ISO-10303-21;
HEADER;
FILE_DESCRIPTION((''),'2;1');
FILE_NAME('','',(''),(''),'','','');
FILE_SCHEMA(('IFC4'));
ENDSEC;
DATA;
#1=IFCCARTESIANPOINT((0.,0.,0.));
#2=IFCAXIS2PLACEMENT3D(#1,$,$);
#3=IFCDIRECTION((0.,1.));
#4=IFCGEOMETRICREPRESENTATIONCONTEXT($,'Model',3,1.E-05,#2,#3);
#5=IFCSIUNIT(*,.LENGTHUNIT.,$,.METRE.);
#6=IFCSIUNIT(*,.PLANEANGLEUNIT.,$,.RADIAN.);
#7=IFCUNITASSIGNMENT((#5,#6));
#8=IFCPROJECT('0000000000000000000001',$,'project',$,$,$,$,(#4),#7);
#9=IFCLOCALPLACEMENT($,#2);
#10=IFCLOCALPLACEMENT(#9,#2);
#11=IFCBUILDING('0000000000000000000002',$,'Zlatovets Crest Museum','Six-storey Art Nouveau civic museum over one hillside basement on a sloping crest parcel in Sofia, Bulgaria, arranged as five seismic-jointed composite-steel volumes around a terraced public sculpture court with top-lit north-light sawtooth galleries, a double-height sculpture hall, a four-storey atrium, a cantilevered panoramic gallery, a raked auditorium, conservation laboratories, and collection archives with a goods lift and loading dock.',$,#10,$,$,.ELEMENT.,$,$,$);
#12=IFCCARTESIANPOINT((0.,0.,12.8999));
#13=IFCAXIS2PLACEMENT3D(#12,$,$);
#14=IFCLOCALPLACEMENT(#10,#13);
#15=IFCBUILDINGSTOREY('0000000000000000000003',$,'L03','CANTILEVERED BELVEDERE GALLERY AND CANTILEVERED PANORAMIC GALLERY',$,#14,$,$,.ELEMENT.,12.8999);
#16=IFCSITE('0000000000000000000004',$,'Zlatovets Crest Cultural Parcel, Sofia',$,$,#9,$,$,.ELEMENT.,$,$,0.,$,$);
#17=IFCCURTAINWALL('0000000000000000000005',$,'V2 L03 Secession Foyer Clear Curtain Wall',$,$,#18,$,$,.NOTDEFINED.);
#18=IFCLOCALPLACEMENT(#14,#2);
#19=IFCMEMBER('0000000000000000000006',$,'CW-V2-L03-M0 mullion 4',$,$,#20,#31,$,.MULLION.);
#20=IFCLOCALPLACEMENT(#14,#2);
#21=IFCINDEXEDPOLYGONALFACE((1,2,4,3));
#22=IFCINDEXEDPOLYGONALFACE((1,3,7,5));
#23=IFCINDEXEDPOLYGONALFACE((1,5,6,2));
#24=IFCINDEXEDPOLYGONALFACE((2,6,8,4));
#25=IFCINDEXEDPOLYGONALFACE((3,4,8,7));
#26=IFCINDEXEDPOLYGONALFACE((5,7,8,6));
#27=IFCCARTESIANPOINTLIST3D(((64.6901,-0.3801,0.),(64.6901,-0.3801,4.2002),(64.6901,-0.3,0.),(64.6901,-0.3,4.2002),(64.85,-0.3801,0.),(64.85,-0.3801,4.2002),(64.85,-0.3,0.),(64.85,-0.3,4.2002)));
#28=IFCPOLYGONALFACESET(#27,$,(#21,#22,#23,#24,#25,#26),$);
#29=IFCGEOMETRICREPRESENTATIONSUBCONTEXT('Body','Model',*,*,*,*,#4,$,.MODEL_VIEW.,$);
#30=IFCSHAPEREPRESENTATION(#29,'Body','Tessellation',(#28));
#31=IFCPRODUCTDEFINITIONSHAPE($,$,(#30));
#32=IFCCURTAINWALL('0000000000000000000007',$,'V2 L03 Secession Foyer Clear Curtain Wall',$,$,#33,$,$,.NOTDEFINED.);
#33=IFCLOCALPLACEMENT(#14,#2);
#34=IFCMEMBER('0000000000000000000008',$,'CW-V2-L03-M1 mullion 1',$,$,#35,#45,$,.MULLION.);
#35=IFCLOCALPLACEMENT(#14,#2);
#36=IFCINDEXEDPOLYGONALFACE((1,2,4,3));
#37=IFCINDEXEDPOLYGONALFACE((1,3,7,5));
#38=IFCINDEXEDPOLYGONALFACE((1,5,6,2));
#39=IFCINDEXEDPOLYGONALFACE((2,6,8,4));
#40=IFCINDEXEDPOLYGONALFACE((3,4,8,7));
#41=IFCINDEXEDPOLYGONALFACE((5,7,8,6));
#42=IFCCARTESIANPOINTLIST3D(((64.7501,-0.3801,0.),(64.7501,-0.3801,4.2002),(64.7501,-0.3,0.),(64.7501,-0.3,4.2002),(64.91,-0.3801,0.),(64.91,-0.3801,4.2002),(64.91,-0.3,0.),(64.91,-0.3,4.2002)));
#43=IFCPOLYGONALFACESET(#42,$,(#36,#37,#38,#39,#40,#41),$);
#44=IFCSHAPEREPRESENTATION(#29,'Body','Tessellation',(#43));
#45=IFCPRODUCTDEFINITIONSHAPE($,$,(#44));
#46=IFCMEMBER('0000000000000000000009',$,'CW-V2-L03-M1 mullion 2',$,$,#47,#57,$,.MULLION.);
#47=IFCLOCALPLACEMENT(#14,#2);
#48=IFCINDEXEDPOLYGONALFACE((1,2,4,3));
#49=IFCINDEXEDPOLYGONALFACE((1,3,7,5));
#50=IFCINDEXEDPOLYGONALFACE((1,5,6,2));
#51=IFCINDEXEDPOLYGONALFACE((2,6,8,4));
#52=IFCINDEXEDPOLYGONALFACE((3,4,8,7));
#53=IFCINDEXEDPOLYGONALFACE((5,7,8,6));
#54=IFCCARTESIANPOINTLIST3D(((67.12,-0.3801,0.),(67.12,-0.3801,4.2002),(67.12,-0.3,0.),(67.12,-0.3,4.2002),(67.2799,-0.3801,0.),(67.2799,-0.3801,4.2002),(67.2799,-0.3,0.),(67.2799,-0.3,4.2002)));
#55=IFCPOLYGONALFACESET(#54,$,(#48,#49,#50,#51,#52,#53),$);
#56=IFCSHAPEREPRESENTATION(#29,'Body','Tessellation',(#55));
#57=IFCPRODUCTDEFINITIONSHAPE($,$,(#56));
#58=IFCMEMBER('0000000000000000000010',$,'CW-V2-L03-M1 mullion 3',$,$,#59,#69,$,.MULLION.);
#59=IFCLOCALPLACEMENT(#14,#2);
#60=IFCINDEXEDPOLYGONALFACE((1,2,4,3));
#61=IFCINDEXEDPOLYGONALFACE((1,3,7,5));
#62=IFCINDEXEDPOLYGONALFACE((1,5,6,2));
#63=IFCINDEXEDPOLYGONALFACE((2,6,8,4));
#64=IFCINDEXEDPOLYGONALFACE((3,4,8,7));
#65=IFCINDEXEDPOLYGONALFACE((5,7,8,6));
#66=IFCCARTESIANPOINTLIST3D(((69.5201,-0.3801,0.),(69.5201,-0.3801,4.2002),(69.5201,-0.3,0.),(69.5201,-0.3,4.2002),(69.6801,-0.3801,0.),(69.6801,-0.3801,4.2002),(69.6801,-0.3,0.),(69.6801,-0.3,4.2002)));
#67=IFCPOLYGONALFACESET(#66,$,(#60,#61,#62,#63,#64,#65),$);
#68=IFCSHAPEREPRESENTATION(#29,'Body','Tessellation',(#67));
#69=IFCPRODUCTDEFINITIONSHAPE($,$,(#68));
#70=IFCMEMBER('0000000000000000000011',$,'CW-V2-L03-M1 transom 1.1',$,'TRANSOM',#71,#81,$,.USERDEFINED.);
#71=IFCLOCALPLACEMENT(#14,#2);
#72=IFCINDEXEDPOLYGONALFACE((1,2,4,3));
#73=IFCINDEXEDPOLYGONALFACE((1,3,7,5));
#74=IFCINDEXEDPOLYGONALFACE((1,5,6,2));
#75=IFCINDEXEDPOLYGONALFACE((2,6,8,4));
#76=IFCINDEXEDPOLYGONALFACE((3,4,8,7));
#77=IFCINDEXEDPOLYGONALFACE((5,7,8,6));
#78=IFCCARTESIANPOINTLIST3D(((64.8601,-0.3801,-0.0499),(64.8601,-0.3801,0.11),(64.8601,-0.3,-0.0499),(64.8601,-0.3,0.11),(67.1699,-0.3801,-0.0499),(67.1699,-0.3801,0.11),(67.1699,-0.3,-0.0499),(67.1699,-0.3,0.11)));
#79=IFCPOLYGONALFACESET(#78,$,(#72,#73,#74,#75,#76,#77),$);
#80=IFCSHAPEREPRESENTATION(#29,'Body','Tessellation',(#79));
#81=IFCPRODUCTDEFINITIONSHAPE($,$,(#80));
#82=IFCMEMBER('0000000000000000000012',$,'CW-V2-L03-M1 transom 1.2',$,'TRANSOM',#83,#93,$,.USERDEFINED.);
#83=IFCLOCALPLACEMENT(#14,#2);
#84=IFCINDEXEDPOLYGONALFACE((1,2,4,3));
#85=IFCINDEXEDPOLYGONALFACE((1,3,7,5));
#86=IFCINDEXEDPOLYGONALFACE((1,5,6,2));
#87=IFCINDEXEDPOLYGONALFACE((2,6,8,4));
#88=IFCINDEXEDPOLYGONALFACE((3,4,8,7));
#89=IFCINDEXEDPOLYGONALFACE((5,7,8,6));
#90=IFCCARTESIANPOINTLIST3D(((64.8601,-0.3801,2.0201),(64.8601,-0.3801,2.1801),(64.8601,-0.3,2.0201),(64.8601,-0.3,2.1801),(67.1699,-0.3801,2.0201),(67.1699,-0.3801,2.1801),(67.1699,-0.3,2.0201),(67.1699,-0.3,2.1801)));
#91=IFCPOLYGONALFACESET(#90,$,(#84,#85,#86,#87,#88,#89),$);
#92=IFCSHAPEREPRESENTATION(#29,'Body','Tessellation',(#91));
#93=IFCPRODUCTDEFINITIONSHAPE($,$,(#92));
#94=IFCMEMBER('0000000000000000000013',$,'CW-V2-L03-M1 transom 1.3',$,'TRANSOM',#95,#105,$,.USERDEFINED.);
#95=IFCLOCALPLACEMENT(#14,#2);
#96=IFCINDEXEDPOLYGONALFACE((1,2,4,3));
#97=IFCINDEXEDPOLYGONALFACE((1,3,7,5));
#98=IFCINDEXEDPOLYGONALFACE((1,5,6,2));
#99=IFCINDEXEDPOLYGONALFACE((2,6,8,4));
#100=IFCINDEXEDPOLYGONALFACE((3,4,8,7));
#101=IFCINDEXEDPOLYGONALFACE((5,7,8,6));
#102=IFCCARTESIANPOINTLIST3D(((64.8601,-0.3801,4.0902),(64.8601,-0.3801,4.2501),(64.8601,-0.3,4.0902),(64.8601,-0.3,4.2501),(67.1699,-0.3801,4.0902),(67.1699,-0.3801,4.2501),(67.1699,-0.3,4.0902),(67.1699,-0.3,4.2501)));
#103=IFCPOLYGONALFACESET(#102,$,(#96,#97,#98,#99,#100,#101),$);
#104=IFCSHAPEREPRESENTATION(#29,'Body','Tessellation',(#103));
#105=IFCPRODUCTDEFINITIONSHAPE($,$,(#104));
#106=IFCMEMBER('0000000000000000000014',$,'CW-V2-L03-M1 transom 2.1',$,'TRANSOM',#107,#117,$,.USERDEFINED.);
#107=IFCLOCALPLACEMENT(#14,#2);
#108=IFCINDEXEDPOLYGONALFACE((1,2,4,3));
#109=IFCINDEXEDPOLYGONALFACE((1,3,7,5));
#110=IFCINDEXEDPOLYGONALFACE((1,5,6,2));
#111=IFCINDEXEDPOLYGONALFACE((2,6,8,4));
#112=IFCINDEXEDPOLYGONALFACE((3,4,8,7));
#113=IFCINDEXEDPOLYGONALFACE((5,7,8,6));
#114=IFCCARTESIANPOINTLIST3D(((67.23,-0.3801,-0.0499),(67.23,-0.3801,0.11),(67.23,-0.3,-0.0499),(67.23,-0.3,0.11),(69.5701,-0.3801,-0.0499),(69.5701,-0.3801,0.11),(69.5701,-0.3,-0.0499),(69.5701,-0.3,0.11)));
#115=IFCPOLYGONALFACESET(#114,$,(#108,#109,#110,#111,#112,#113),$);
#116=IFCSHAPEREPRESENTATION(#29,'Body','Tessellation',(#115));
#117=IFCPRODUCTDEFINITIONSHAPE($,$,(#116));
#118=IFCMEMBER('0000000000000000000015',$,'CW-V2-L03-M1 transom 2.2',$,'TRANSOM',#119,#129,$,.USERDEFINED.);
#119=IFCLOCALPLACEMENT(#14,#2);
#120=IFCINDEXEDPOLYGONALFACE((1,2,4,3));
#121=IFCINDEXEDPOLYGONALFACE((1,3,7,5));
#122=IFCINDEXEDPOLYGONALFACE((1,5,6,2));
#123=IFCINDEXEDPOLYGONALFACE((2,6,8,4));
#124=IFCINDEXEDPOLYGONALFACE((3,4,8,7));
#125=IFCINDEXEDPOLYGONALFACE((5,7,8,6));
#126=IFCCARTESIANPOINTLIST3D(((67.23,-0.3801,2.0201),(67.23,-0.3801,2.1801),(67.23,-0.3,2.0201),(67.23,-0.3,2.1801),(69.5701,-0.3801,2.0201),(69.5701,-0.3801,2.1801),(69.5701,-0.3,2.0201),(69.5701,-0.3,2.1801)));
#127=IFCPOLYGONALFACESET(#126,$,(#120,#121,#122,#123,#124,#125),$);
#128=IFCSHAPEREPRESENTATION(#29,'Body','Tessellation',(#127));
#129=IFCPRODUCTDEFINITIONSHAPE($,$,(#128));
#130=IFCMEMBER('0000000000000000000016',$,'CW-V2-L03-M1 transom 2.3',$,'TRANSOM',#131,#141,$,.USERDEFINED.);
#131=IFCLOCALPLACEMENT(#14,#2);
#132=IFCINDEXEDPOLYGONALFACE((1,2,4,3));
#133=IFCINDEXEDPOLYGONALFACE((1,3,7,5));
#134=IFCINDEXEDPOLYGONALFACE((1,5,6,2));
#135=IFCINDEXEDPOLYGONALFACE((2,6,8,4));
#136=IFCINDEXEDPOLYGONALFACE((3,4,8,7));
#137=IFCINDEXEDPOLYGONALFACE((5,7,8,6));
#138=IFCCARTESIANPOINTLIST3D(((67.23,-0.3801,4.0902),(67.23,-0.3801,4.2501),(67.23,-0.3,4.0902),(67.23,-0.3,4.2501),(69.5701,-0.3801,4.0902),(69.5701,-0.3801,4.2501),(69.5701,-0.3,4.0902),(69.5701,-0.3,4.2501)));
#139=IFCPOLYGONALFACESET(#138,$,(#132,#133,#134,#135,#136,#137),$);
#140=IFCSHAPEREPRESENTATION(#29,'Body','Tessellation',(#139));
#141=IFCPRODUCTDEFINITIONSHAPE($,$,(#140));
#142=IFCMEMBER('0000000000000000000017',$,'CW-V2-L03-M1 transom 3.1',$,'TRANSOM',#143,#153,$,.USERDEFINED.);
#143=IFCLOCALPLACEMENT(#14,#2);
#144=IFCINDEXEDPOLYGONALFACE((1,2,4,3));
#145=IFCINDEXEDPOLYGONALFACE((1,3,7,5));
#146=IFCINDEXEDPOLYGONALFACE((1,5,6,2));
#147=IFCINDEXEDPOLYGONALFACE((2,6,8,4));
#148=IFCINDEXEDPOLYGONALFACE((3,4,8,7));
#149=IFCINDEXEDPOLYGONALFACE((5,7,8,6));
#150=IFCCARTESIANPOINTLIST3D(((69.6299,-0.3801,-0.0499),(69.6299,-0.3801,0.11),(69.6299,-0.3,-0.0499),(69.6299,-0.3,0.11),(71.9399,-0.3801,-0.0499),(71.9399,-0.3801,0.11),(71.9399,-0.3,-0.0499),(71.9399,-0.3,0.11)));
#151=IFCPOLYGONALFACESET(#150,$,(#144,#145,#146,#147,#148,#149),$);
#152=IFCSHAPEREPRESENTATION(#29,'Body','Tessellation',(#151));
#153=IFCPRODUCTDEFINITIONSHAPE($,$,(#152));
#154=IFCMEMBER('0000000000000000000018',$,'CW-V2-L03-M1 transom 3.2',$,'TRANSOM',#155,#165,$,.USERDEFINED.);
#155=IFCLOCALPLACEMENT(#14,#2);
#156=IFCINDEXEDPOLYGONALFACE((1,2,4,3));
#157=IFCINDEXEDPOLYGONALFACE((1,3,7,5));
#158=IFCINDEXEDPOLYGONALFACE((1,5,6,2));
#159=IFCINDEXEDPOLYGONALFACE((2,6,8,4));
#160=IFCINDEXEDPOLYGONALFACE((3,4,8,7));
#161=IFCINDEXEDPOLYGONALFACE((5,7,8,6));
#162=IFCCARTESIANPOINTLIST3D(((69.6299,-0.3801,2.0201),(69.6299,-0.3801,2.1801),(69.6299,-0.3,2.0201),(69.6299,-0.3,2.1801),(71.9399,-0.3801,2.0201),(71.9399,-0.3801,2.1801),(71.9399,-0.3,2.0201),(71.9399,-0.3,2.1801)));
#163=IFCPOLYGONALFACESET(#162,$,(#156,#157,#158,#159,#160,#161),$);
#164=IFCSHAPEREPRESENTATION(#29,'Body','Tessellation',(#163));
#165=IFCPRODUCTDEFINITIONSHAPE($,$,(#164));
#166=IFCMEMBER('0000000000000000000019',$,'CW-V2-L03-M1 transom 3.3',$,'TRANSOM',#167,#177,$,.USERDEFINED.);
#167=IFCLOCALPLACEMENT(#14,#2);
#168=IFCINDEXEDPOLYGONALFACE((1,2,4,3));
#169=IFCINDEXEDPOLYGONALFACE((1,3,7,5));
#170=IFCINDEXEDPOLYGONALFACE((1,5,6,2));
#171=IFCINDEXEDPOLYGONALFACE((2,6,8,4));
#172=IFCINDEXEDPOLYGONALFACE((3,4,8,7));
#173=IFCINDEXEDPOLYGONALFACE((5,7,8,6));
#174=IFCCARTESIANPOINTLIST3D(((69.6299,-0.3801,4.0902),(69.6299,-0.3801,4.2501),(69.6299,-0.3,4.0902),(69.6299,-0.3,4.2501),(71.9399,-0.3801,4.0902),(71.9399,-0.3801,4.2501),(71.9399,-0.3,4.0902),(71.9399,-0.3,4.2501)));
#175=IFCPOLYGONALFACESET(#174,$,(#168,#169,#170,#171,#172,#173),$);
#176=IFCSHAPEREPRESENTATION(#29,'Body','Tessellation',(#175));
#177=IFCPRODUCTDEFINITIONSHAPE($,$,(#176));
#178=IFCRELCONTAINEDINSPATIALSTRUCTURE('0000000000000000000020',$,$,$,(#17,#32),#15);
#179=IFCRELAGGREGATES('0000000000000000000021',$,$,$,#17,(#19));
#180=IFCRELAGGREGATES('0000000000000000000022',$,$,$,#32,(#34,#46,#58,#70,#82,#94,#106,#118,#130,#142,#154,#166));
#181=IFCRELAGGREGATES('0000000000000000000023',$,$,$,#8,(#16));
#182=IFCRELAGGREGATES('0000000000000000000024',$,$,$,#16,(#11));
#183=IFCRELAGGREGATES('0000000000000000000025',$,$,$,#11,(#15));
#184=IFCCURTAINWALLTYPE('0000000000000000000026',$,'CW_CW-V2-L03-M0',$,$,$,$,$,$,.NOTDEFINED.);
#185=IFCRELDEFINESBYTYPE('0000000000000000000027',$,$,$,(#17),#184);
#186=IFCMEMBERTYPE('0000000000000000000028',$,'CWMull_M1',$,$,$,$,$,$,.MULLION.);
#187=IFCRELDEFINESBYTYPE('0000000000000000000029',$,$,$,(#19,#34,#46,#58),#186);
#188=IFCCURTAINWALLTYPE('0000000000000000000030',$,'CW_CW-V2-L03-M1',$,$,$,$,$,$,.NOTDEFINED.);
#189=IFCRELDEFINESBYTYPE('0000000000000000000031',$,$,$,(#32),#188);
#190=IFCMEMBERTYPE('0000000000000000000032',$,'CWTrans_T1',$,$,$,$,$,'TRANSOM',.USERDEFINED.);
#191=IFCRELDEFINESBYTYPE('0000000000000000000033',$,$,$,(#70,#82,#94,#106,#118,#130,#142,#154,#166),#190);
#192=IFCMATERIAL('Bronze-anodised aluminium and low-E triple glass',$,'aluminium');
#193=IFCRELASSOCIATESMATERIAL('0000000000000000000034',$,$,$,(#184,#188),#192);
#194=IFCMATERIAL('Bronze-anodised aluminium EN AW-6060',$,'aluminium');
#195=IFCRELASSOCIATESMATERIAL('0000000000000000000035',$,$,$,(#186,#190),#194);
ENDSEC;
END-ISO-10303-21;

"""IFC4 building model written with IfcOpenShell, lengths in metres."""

from ifc_helpers import new_model, si_unit, direction, frame, origin, origin_2d, place, context, subcontext, project, spatial, rectangle, extrude, material, material_profile, profile_set, type_object, element, aggregate, save


model = new_model("IFC4")

# Units and contexts
model_context = context("Model", 3, precision=1e-05, world=origin(), true_north=direction((0.0, 1.0)))
body_context = subcontext(model_context, "Body", "Model", "MODEL_VIEW")
ifc_project = project(units=[si_unit("LENGTHUNIT", "METRE"), si_unit("PLANEANGLEUNIT", "RADIAN")], contexts=[model_context])

# Site, building, storey
site_placement = place(None, origin())
site = spatial("IfcSite", under=ifc_project, at=site_placement, Name="Zlatovets Crest Cultural Parcel, Sofia", CompositionType="ELEMENT", RefElevation=0.0)
building_placement = place(site_placement, origin())
building = spatial("IfcBuilding", under=site, at=building_placement, Name="Zlatovets Crest Museum", Description="Six-storey Art Nouveau civic museum over one hillside basement on a sloping crest parcel in Sofia, Bulgaria, arranged as five seismic-jointed composite-steel volumes around a terraced public sculpture court with top-lit north-light sawtooth galleries, a double-height sculpture hall, a four-storey atrium, a cantilevered panoramic gallery, a raked auditorium, conservation laboratories, and collection archives with a goods lift and loading dock.", CompositionType="ELEMENT")
storey_placement = place(building_placement, frame((0.0, 0.0, 12.8999)))
storey = spatial("IfcBuildingStorey", under=building, at=storey_placement, Name="L03", Description="CANTILEVERED BELVEDERE GALLERY AND CANTILEVERED PANORAMIC GALLERY", CompositionType="ELEMENT", Elevation=12.8999)

# Curtain wall, member
ifc_material_1 = material(Name="Bronze-anodised aluminium and low-E triple glass", Category="aluminium")
curtain_wall_type_1 = type_object("IfcCurtainWallType", Name="CW_CW-V2-L03-M0", PredefinedType="NOTDEFINED", material=ifc_material_1)
curtain_wall_1_placement = place(storey_placement, origin())
curtain_wall_1 = element("IfcCurtainWall", 1, at=curtain_wall_1_placement, inside=storey, type_object=curtain_wall_type_1, Name="V2 L03 Secession Foyer Clear Curtain Wall", PredefinedType="NOTDEFINED")
ifc_material_2 = material(Name="Bronze-anodised aluminium EN AW-6060", Category="aluminium")
ifc_material_profile_1 = material_profile(ifc_material_2, rectangle(XDim=0.0801, YDim=0.1599, at=origin_2d()), Name="ALU 80x160")
ifc_profile_set_1 = profile_set([ifc_material_profile_1], Name="Bronze-anodised aluminium EN AW-6060")
member_type_1 = type_object("IfcMemberType", Name="CWMull_M1", PredefinedType="MULLION", material=ifc_profile_set_1)
member_1_placement = place(storey_placement, frame((64.77, -0.3401, 0.0), z_axis=(0.0, 0.0, 1.0), x_axis=(0.0, 1.0, 0.0)))
member_1 = element("IfcMember", 2, at=member_1_placement, type_object=member_type_1, Name="CW-V2-L03-M0 mullion 4", PredefinedType="MULLION", context=body_context, shape_type="SweptSolid", body=[
    extrude(rectangle(XDim=0.0801, YDim=0.1599, at=origin_2d()), origin(), (0.0, 0.0, 1.0), 4.2002),
])

# Curtain wall, members
curtain_wall_type_2 = type_object("IfcCurtainWallType", Name="CW_CW-V2-L03-M1", PredefinedType="NOTDEFINED", material=ifc_material_1)
curtain_wall_2_placement = place(storey_placement, origin())
curtain_wall_2 = element("IfcCurtainWall", 3, at=curtain_wall_2_placement, inside=storey, type_object=curtain_wall_type_2, Name="V2 L03 Secession Foyer Clear Curtain Wall", PredefinedType="NOTDEFINED")
member_2_placement = place(storey_placement, frame((64.8301, -0.3401, 0.0), z_axis=(0.0, 0.0, 1.0), x_axis=(0.0, 1.0, 0.0)))
member_2 = element("IfcMember", 4, at=member_2_placement, type_object=member_type_1, Name="CW-V2-L03-M1 mullion 1", PredefinedType="MULLION", context=body_context, shape_type="SweptSolid", body=[
    extrude(rectangle(XDim=0.0801, YDim=0.1599, at=origin_2d()), origin(), (0.0, 0.0, 1.0), 4.2002),
])
member_3_placement = place(storey_placement, frame((67.2, -0.3401, 0.0), z_axis=(0.0, 0.0, 1.0), x_axis=(0.0, 1.0, 0.0)))
member_3 = element("IfcMember", 5, at=member_3_placement, type_object=member_type_1, Name="CW-V2-L03-M1 mullion 2", PredefinedType="MULLION", context=body_context, shape_type="SweptSolid", body=[
    extrude(rectangle(XDim=0.0801, YDim=0.1599, at=origin_2d()), origin(), (0.0, 0.0, 1.0), 4.2002),
])
member_4_placement = place(storey_placement, frame((69.6001, -0.3401, 0.0), z_axis=(0.0, 0.0, 1.0), x_axis=(0.0, 1.0, 0.0)))
member_4 = element("IfcMember", 6, at=member_4_placement, type_object=member_type_1, Name="CW-V2-L03-M1 mullion 3", PredefinedType="MULLION", context=body_context, shape_type="SweptSolid", body=[
    extrude(rectangle(XDim=0.0801, YDim=0.1599, at=origin_2d()), origin(), (0.0, 0.0, 1.0), 4.2002),
])
ifc_material_profile_2 = material_profile(ifc_material_2, rectangle(XDim=0.0801, YDim=0.1599, at=origin_2d()), Name="ALU 80x160")
ifc_profile_set_2 = profile_set([ifc_material_profile_2], Name="Bronze-anodised aluminium EN AW-6060")
member_type_2 = type_object("IfcMemberType", Name="CWTrans_T1", ElementType="TRANSOM", PredefinedType="USERDEFINED", material=ifc_profile_set_2)
member_5_placement = place(storey_placement, frame((64.8601, -0.3401, 0.03), z_axis=(1.0, 0.0, 0.0), x_axis=(0.0, 1.0, 0.0)))
member_5 = element("IfcMember", 7, at=member_5_placement, type_object=member_type_2, Name="CW-V2-L03-M1 transom 1.1", ObjectType="TRANSOM", PredefinedType="USERDEFINED", context=body_context, shape_type="SweptSolid", body=[
    extrude(rectangle(XDim=0.0801, YDim=0.1599, at=origin_2d()), origin(), (0.0, 0.0, 1.0), 2.3098),
])
member_6_placement = place(storey_placement, frame((64.8601, -0.3401, 2.1001), z_axis=(1.0, 0.0, 0.0), x_axis=(0.0, 1.0, 0.0)))
member_6 = element("IfcMember", 8, at=member_6_placement, type_object=member_type_2, Name="CW-V2-L03-M1 transom 1.2", ObjectType="TRANSOM", PredefinedType="USERDEFINED", context=body_context, shape_type="SweptSolid", body=[
    extrude(rectangle(XDim=0.0801, YDim=0.1599, at=origin_2d()), origin(), (0.0, 0.0, 1.0), 2.3098),
])
member_7_placement = place(storey_placement, frame((64.8601, -0.3401, 4.1702), z_axis=(1.0, 0.0, 0.0), x_axis=(0.0, 1.0, 0.0)))
member_7 = element("IfcMember", 9, at=member_7_placement, type_object=member_type_2, Name="CW-V2-L03-M1 transom 1.3", ObjectType="TRANSOM", PredefinedType="USERDEFINED", context=body_context, shape_type="SweptSolid", body=[
    extrude(rectangle(XDim=0.0801, YDim=0.1599, at=origin_2d()), origin(), (0.0, 0.0, 1.0), 2.3098),
])
member_8_placement = place(storey_placement, frame((67.23, -0.3401, 0.03), z_axis=(1.0, 0.0, 0.0), x_axis=(0.0, 1.0, 0.0)))
member_8 = element("IfcMember", 10, at=member_8_placement, type_object=member_type_2, Name="CW-V2-L03-M1 transom 2.1", ObjectType="TRANSOM", PredefinedType="USERDEFINED", context=body_context, shape_type="SweptSolid", body=[
    extrude(rectangle(XDim=0.0801, YDim=0.1599, at=origin_2d()), origin(), (0.0, 0.0, 1.0), 2.3401),
])
member_9_placement = place(storey_placement, frame((67.23, -0.3401, 2.1001), z_axis=(1.0, 0.0, 0.0), x_axis=(0.0, 1.0, 0.0)))
member_9 = element("IfcMember", 11, at=member_9_placement, type_object=member_type_2, Name="CW-V2-L03-M1 transom 2.2", ObjectType="TRANSOM", PredefinedType="USERDEFINED", context=body_context, shape_type="SweptSolid", body=[
    extrude(rectangle(XDim=0.0801, YDim=0.1599, at=origin_2d()), origin(), (0.0, 0.0, 1.0), 2.3401),
])
member_10_placement = place(storey_placement, frame((67.23, -0.3401, 4.1702), z_axis=(1.0, 0.0, 0.0), x_axis=(0.0, 1.0, 0.0)))
member_10 = element("IfcMember", 12, at=member_10_placement, type_object=member_type_2, Name="CW-V2-L03-M1 transom 2.3", ObjectType="TRANSOM", PredefinedType="USERDEFINED", context=body_context, shape_type="SweptSolid", body=[
    extrude(rectangle(XDim=0.0801, YDim=0.1599, at=origin_2d()), origin(), (0.0, 0.0, 1.0), 2.3401),
])
member_11_placement = place(storey_placement, frame((69.6299, -0.3401, 0.03), z_axis=(1.0, 0.0, 0.0), x_axis=(0.0, 1.0, 0.0)))
member_11 = element("IfcMember", 13, at=member_11_placement, type_object=member_type_2, Name="CW-V2-L03-M1 transom 3.1", ObjectType="TRANSOM", PredefinedType="USERDEFINED", context=body_context, shape_type="SweptSolid", body=[
    extrude(rectangle(XDim=0.0801, YDim=0.1599, at=origin_2d()), origin(), (0.0, 0.0, 1.0), 2.3101),
])
member_12_placement = place(storey_placement, frame((69.6299, -0.3401, 2.1001), z_axis=(1.0, 0.0, 0.0), x_axis=(0.0, 1.0, 0.0)))
member_12 = element("IfcMember", 14, at=member_12_placement, type_object=member_type_2, Name="CW-V2-L03-M1 transom 3.2", ObjectType="TRANSOM", PredefinedType="USERDEFINED", context=body_context, shape_type="SweptSolid", body=[
    extrude(rectangle(XDim=0.0801, YDim=0.1599, at=origin_2d()), origin(), (0.0, 0.0, 1.0), 2.3101),
])
member_13_placement = place(storey_placement, frame((69.6299, -0.3401, 4.1702), z_axis=(1.0, 0.0, 0.0), x_axis=(0.0, 1.0, 0.0)))
member_13 = element("IfcMember", 15, at=member_13_placement, type_object=member_type_2, Name="CW-V2-L03-M1 transom 3.3", ObjectType="TRANSOM", PredefinedType="USERDEFINED", context=body_context, shape_type="SweptSolid", body=[
    extrude(rectangle(XDim=0.0801, YDim=0.1599, at=origin_2d()), origin(), (0.0, 0.0, 1.0), 2.3101),
])

aggregate(curtain_wall_1, [member_1])
aggregate(curtain_wall_2, [member_2, member_3, member_4, member_5, member_6, member_7, member_8, member_9, member_10, member_11, member_12, member_13])

save(model, "model.ifc")
